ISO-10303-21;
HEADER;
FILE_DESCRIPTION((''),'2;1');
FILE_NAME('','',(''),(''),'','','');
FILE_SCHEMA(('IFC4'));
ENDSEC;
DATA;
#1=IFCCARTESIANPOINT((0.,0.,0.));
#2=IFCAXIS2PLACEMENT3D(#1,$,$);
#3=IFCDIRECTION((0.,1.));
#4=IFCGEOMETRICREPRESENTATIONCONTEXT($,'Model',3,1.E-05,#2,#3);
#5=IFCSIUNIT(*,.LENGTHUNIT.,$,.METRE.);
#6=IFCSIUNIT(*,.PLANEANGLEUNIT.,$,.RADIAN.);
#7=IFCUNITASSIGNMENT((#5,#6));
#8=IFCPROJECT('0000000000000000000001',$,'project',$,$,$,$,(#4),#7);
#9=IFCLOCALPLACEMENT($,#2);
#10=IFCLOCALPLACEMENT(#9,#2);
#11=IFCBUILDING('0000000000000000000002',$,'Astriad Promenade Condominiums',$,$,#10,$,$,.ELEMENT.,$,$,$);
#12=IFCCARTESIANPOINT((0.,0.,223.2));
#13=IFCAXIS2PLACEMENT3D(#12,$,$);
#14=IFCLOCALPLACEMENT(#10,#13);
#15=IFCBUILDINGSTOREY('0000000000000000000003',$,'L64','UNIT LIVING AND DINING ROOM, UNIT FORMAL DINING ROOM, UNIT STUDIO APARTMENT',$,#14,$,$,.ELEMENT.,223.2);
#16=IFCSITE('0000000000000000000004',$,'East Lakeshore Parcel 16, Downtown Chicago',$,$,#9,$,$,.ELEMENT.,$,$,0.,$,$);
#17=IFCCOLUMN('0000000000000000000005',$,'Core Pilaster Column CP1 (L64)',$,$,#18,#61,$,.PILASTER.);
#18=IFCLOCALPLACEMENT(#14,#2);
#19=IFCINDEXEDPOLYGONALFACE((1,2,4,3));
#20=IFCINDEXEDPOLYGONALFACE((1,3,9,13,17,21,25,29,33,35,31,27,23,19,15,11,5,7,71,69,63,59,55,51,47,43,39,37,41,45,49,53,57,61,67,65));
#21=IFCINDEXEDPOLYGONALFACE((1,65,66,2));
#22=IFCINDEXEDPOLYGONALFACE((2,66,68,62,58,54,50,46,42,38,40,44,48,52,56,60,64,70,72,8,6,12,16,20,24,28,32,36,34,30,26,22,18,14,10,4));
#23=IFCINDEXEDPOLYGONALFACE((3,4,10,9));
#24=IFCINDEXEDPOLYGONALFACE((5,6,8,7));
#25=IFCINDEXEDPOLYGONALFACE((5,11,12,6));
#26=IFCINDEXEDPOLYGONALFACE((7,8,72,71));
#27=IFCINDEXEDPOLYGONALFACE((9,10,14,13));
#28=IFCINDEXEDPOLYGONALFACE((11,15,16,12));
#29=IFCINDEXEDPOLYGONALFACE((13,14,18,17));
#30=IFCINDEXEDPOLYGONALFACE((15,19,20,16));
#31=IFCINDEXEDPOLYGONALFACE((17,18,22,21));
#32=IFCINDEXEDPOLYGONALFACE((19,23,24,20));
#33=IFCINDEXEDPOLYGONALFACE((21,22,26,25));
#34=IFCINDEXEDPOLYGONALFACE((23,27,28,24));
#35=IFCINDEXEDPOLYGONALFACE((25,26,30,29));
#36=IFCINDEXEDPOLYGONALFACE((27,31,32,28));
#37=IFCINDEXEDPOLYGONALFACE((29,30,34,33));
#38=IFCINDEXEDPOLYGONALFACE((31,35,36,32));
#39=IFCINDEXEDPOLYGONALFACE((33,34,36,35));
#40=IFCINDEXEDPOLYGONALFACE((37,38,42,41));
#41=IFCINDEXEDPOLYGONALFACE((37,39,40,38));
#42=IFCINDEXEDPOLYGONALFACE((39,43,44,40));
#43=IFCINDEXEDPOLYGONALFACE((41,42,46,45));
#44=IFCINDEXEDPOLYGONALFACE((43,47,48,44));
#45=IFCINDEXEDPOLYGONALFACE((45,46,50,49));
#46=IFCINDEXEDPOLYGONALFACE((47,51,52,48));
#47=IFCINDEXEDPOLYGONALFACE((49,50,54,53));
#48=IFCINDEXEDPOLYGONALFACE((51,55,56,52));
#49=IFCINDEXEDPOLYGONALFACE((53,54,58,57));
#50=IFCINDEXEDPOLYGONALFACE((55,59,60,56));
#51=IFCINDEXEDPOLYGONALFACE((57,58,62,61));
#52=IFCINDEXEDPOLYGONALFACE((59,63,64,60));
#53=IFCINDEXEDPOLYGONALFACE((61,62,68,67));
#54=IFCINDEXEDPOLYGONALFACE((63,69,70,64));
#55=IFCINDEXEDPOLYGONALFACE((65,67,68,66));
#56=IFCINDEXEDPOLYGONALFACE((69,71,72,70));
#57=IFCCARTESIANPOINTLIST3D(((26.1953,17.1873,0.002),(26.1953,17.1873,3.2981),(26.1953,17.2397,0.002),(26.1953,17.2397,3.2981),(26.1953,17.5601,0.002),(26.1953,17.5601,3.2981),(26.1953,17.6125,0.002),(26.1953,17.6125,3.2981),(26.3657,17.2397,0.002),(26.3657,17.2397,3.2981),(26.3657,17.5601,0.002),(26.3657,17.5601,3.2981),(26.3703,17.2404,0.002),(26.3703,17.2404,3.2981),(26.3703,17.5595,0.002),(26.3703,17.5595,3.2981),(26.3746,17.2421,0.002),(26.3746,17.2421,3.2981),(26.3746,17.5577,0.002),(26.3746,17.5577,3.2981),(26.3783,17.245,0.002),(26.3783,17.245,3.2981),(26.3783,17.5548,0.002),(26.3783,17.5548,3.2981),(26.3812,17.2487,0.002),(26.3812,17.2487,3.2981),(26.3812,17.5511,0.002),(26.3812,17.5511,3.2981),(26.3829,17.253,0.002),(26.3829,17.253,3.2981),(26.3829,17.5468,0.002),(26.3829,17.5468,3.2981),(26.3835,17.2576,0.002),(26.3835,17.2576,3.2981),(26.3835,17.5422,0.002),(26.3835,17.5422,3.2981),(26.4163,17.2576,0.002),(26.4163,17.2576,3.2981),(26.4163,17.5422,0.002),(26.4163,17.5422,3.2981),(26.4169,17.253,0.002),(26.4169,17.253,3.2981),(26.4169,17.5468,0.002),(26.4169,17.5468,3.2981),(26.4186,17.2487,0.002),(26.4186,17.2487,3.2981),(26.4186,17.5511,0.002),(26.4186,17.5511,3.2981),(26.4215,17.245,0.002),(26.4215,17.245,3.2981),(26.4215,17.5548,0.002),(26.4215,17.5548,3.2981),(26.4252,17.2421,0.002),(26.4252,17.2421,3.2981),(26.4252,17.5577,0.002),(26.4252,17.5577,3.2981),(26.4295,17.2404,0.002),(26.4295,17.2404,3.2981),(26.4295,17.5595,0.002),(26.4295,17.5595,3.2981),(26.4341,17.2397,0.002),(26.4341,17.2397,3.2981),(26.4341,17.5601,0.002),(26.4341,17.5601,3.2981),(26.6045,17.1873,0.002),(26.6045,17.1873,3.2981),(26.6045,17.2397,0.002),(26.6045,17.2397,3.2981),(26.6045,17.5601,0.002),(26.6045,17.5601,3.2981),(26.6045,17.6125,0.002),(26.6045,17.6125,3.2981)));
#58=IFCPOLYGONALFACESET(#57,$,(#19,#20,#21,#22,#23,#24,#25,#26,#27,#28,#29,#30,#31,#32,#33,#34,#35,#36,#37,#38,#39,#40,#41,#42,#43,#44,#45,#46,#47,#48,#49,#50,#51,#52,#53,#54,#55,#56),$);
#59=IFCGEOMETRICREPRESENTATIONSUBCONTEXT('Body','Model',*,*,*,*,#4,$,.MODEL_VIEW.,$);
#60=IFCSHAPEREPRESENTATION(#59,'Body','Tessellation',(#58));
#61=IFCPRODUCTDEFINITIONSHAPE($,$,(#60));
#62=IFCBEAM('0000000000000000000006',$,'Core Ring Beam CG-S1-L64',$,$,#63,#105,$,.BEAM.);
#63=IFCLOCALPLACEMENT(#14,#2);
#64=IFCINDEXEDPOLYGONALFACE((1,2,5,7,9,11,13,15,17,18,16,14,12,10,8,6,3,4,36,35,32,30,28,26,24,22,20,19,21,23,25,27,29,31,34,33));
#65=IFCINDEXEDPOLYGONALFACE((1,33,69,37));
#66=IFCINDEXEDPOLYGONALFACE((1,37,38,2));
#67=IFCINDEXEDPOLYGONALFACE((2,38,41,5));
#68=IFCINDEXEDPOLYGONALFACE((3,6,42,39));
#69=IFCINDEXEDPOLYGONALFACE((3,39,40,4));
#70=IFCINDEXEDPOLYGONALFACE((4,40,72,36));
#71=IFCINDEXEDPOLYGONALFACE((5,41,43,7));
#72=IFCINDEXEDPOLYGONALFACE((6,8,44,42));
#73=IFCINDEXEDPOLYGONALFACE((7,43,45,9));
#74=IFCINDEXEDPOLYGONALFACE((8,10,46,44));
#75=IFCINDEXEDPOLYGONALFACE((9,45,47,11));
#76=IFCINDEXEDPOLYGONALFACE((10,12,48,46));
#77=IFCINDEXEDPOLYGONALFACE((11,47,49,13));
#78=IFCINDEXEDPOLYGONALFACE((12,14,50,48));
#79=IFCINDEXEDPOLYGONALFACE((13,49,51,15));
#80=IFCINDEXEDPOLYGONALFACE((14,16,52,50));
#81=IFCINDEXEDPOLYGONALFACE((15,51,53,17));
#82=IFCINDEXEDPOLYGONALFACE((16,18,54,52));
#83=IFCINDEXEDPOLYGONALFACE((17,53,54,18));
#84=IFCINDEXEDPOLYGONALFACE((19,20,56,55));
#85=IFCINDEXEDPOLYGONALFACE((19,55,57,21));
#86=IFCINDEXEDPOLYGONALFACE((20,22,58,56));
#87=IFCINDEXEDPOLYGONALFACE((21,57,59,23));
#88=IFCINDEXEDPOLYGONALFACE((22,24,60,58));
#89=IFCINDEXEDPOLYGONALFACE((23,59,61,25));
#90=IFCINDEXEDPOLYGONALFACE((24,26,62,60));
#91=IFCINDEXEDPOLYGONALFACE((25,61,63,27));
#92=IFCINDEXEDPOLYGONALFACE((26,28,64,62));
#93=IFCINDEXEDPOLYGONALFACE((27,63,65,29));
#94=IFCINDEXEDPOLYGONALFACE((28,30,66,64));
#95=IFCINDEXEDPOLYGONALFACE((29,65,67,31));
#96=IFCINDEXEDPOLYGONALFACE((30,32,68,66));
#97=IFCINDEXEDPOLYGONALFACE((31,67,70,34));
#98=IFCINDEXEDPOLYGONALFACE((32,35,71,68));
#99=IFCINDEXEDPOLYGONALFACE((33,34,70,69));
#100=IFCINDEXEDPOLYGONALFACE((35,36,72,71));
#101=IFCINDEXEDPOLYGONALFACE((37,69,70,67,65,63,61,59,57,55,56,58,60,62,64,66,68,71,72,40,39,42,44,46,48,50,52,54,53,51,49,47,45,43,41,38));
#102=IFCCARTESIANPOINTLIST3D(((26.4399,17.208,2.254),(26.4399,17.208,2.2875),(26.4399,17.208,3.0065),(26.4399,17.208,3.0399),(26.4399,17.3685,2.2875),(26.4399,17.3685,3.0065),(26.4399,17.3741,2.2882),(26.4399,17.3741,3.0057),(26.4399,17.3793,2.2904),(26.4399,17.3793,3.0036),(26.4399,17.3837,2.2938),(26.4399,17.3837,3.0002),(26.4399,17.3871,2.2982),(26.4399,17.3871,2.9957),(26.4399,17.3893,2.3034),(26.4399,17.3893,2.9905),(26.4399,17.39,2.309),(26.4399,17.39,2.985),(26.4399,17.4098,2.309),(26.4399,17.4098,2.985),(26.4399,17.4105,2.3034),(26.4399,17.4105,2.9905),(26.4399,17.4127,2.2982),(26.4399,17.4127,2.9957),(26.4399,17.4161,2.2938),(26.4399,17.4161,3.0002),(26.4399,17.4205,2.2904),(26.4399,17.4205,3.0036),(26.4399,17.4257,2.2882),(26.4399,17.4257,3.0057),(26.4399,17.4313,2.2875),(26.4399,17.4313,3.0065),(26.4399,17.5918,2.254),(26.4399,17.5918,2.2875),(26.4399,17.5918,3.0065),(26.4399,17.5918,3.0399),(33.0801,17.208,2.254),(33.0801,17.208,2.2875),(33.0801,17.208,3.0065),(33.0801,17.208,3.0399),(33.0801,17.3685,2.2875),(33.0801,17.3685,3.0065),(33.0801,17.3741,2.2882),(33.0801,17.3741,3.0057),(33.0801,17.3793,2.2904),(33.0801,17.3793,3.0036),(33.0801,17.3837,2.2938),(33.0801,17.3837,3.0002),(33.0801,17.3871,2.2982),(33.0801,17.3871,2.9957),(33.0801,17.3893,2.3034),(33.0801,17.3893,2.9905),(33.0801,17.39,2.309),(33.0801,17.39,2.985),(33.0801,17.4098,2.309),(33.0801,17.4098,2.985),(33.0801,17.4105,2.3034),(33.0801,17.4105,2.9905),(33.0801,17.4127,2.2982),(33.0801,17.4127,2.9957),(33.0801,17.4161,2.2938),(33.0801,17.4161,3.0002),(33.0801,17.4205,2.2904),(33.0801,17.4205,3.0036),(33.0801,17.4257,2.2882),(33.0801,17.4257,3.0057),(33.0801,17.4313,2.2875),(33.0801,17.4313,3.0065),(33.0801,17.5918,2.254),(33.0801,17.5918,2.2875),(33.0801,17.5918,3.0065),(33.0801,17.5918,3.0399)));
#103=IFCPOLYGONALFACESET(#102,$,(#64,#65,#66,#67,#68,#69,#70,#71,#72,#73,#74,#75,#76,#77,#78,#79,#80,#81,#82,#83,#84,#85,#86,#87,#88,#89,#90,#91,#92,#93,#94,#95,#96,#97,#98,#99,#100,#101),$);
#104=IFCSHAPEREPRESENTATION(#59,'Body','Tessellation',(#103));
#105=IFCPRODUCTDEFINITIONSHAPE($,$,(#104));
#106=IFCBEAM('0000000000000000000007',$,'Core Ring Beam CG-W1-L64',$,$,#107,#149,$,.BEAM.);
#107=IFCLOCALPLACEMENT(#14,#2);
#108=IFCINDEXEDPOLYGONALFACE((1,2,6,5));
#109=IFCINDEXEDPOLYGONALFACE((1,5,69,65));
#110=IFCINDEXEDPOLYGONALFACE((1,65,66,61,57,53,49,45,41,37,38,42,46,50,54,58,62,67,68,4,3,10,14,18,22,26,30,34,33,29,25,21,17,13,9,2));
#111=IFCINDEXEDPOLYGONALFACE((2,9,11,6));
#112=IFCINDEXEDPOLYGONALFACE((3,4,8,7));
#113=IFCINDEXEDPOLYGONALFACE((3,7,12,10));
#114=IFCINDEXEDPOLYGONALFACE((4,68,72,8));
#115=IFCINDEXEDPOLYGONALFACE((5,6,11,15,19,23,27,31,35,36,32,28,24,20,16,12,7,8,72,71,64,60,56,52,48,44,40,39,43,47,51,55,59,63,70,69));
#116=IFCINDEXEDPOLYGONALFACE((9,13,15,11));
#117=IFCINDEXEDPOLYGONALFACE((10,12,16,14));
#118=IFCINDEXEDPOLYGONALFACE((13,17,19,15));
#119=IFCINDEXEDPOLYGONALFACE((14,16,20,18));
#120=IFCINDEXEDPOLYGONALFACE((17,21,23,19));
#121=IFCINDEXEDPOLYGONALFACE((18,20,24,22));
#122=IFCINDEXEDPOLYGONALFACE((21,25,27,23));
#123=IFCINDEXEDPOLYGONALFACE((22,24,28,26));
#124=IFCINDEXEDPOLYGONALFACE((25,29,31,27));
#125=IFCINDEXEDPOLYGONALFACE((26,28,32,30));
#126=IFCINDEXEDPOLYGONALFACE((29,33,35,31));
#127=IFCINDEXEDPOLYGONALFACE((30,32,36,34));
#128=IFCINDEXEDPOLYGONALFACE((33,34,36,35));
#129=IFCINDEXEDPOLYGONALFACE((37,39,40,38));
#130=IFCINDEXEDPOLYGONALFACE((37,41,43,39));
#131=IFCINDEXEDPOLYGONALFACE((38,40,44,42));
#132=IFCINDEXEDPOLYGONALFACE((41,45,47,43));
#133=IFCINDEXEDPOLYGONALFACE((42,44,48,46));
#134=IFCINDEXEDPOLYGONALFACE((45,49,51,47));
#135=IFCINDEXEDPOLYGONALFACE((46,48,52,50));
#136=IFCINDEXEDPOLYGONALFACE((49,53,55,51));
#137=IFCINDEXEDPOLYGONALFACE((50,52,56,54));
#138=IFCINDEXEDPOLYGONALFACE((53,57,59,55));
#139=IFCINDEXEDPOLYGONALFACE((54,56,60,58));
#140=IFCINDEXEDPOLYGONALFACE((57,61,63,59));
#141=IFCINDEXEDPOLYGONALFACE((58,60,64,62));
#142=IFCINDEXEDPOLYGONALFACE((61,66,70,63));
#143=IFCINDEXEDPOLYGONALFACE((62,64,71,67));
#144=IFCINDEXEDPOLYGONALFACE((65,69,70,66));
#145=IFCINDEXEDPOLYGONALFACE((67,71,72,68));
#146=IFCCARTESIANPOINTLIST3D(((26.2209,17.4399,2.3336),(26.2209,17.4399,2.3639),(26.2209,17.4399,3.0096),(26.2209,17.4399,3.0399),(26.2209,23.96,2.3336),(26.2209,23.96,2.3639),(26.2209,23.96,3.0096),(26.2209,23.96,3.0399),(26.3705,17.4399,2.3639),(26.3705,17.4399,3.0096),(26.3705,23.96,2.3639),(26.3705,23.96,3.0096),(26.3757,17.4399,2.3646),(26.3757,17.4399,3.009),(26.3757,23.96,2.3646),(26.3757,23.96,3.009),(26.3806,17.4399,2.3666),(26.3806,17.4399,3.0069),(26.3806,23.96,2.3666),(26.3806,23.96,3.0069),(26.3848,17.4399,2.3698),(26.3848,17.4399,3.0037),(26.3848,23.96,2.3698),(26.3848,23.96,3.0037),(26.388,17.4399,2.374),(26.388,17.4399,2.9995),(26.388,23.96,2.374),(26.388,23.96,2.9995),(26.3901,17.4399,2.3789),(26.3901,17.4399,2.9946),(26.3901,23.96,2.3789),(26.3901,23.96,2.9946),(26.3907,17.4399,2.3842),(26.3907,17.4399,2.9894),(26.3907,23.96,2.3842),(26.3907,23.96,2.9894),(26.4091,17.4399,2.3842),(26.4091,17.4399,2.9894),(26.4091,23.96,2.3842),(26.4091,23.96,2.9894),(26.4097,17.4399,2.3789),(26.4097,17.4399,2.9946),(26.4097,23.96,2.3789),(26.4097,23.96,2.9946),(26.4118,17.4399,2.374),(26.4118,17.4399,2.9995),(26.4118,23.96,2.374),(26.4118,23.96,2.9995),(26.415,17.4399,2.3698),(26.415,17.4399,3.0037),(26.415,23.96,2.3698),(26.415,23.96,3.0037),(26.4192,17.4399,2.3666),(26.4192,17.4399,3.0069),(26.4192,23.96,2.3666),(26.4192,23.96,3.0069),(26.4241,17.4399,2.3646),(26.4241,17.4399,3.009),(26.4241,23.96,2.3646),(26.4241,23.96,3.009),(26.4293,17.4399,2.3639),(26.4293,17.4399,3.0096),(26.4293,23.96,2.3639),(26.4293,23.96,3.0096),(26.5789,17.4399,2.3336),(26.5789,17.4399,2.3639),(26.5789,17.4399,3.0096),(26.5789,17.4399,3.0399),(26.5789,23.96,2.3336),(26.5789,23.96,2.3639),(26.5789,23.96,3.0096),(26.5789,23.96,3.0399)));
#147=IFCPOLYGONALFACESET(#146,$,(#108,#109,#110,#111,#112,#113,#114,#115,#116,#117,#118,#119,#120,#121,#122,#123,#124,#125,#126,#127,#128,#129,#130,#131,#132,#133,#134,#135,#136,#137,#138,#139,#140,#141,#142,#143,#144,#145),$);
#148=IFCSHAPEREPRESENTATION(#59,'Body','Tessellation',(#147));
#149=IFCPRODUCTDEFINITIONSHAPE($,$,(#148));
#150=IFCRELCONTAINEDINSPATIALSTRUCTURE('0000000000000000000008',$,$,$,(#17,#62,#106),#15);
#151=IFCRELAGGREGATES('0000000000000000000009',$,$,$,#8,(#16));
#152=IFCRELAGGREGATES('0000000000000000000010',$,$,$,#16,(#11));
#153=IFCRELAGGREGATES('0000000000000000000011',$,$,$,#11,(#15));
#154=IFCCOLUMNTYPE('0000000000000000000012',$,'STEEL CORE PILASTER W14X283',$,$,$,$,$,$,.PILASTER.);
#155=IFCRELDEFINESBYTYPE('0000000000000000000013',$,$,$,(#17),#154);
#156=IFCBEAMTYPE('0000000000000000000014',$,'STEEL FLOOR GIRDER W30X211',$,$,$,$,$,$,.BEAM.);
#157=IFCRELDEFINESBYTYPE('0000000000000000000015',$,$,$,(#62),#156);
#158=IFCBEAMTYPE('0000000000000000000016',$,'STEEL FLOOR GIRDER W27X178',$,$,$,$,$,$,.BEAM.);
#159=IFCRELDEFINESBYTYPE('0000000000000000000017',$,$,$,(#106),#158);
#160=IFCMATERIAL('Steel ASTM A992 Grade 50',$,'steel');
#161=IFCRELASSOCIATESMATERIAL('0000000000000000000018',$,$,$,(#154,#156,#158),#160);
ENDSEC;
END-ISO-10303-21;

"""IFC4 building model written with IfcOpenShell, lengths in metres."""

from ifc_helpers import new_model, si_unit, direction, frame, origin, origin_2d, place, context, subcontext, project, spatial, i_section, extrude, source, transform, mapped, material, material_profile, profile_set, type_object, type_shapes, element, save


model = new_model("IFC4")

# Units and contexts
model_context = context("Model", 3, precision=1e-05, world=origin(), true_north=direction((0.0, 1.0)))
body_context = subcontext(model_context, "Body", "Model", "MODEL_VIEW")
ifc_project = project(units=[si_unit("LENGTHUNIT", "METRE"), si_unit("PLANEANGLEUNIT", "RADIAN")], contexts=[model_context])

# Site, building, storey
site_placement = place(None, origin())
site = spatial("IfcSite", under=ifc_project, at=site_placement, Name="East Lakeshore Parcel 16, Downtown Chicago", CompositionType="ELEMENT", RefElevation=0.0)
building_placement = place(site_placement, origin())
building = spatial("IfcBuilding", under=site, at=building_placement, Name="Astriad Promenade Condominiums", CompositionType="ELEMENT")
storey_placement = place(building_placement, frame((0.0, 0.0, 223.2)))
storey = spatial("IfcBuildingStorey", under=building, at=storey_placement, Name="L64", Description="UNIT LIVING AND DINING ROOM, UNIT FORMAL DINING ROOM, UNIT STUDIO APARTMENT", CompositionType="ELEMENT", Elevation=223.2)

# Column
ifc_material_1 = material(Name="Steel ASTM A992 Grade 50", Category="steel")
ifc_material_profile_1 = material_profile(ifc_material_1, i_section(OverallWidth=0.4092, OverallDepth=0.4253, WebThickness=0.0327, FlangeThickness=0.0525, FilletRadius=0.0178, at=origin_2d()), Name="W14X283")
ifc_profile_set_1 = profile_set([ifc_material_profile_1], Name="Steel ASTM A992 Grade 50")
column_type = type_object("IfcColumnType", Name="STEEL CORE PILASTER W14X283", PredefinedType="PILASTER", material=ifc_profile_set_1)
shared_shape_1 = source(origin(), body_context, "Body", "SweptSolid", [
    extrude(i_section(OverallWidth=0.4092, OverallDepth=0.4253, WebThickness=0.0327, FlangeThickness=0.0525, FilletRadius=0.0178, at=origin_2d()), origin(), (0.0, 0.0, 1.0), 3.2961),
])
type_shapes(column_type, [shared_shape_1])
column_placement = place(storey_placement, frame((26.3999, 17.3999, 0.002), z_axis=(0.0, 0.0, 1.0), x_axis=(1.0, 0.0, 0.0)))
element("IfcColumn", 1, at=column_placement, inside=storey, type_object=column_type, Name="Core Pilaster Column CP1 (L64)", PredefinedType="PILASTER", context=body_context, shape_type="MappedRepresentation", body=[
    mapped(shared_shape_1, transform((0.0, 0.0, 0.0), scale=1.0)),
])

# Beams
ifc_material_profile_2 = material_profile(ifc_material_1, i_section(OverallWidth=0.3838, OverallDepth=0.7859, WebThickness=0.0198, FlangeThickness=0.0334, FilletRadius=0.0215, at=origin_2d()), Name="W30X211")
ifc_profile_set_2 = profile_set([ifc_material_profile_2], Name="Steel ASTM A992 Grade 50")
beam_type_1 = type_object("IfcBeamType", Name="STEEL FLOOR GIRDER W30X211", PredefinedType="BEAM", material=ifc_profile_set_2)
shared_shape_2 = source(origin(), body_context, "Body", "SweptSolid", [
    extrude(i_section(OverallWidth=0.3838, OverallDepth=0.7859, WebThickness=0.0198, FlangeThickness=0.0334, FilletRadius=0.0215, at=origin_2d()), origin(), (0.0, 0.0, 1.0), 6.6401),
])
type_shapes(beam_type_1, [shared_shape_2])
beam_1_placement = place(storey_placement, frame((26.4399, 17.3999, 2.647), z_axis=(1.0, 0.0, 0.0), x_axis=(0.0, 1.0, 0.0)))
element("IfcBeam", 2, at=beam_1_placement, inside=storey, type_object=beam_type_1, Name="Core Ring Beam CG-S1-L64", PredefinedType="BEAM", context=body_context, shape_type="MappedRepresentation", body=[
    mapped(shared_shape_2, transform((0.0, 0.0, 0.0), scale=1.0)),
])
ifc_material_profile_3 = material_profile(ifc_material_1, i_section(OverallWidth=0.3579, OverallDepth=0.7063, WebThickness=0.0183, FlangeThickness=0.0303, FilletRadius=0.0203, at=origin_2d()), Name="W27X178")
ifc_profile_set_3 = profile_set([ifc_material_profile_3], Name="Steel ASTM A992 Grade 50")
beam_type_2 = type_object("IfcBeamType", Name="STEEL FLOOR GIRDER W27X178", PredefinedType="BEAM", material=ifc_profile_set_3)
shared_shape_3 = source(origin(), body_context, "Body", "SweptSolid", [
    extrude(i_section(OverallWidth=0.3579, OverallDepth=0.7063, WebThickness=0.0183, FlangeThickness=0.0303, FilletRadius=0.0203, at=origin_2d()), origin(), (0.0, 0.0, 1.0), 6.52),
])
type_shapes(beam_type_2, [shared_shape_3])
beam_2_placement = place(storey_placement, frame((26.3999, 17.4399, 2.6868), z_axis=(0.0, 1.0, 0.0), x_axis=(-1.0, 0.0, 0.0)))
element("IfcBeam", 3, at=beam_2_placement, inside=storey, type_object=beam_type_2, Name="Core Ring Beam CG-W1-L64", PredefinedType="BEAM", context=body_context, shape_type="MappedRepresentation", body=[
    mapped(shared_shape_3, transform((0.0, 0.0, 0.0), scale=1.0)),
])

save(model, "model.ifc")
